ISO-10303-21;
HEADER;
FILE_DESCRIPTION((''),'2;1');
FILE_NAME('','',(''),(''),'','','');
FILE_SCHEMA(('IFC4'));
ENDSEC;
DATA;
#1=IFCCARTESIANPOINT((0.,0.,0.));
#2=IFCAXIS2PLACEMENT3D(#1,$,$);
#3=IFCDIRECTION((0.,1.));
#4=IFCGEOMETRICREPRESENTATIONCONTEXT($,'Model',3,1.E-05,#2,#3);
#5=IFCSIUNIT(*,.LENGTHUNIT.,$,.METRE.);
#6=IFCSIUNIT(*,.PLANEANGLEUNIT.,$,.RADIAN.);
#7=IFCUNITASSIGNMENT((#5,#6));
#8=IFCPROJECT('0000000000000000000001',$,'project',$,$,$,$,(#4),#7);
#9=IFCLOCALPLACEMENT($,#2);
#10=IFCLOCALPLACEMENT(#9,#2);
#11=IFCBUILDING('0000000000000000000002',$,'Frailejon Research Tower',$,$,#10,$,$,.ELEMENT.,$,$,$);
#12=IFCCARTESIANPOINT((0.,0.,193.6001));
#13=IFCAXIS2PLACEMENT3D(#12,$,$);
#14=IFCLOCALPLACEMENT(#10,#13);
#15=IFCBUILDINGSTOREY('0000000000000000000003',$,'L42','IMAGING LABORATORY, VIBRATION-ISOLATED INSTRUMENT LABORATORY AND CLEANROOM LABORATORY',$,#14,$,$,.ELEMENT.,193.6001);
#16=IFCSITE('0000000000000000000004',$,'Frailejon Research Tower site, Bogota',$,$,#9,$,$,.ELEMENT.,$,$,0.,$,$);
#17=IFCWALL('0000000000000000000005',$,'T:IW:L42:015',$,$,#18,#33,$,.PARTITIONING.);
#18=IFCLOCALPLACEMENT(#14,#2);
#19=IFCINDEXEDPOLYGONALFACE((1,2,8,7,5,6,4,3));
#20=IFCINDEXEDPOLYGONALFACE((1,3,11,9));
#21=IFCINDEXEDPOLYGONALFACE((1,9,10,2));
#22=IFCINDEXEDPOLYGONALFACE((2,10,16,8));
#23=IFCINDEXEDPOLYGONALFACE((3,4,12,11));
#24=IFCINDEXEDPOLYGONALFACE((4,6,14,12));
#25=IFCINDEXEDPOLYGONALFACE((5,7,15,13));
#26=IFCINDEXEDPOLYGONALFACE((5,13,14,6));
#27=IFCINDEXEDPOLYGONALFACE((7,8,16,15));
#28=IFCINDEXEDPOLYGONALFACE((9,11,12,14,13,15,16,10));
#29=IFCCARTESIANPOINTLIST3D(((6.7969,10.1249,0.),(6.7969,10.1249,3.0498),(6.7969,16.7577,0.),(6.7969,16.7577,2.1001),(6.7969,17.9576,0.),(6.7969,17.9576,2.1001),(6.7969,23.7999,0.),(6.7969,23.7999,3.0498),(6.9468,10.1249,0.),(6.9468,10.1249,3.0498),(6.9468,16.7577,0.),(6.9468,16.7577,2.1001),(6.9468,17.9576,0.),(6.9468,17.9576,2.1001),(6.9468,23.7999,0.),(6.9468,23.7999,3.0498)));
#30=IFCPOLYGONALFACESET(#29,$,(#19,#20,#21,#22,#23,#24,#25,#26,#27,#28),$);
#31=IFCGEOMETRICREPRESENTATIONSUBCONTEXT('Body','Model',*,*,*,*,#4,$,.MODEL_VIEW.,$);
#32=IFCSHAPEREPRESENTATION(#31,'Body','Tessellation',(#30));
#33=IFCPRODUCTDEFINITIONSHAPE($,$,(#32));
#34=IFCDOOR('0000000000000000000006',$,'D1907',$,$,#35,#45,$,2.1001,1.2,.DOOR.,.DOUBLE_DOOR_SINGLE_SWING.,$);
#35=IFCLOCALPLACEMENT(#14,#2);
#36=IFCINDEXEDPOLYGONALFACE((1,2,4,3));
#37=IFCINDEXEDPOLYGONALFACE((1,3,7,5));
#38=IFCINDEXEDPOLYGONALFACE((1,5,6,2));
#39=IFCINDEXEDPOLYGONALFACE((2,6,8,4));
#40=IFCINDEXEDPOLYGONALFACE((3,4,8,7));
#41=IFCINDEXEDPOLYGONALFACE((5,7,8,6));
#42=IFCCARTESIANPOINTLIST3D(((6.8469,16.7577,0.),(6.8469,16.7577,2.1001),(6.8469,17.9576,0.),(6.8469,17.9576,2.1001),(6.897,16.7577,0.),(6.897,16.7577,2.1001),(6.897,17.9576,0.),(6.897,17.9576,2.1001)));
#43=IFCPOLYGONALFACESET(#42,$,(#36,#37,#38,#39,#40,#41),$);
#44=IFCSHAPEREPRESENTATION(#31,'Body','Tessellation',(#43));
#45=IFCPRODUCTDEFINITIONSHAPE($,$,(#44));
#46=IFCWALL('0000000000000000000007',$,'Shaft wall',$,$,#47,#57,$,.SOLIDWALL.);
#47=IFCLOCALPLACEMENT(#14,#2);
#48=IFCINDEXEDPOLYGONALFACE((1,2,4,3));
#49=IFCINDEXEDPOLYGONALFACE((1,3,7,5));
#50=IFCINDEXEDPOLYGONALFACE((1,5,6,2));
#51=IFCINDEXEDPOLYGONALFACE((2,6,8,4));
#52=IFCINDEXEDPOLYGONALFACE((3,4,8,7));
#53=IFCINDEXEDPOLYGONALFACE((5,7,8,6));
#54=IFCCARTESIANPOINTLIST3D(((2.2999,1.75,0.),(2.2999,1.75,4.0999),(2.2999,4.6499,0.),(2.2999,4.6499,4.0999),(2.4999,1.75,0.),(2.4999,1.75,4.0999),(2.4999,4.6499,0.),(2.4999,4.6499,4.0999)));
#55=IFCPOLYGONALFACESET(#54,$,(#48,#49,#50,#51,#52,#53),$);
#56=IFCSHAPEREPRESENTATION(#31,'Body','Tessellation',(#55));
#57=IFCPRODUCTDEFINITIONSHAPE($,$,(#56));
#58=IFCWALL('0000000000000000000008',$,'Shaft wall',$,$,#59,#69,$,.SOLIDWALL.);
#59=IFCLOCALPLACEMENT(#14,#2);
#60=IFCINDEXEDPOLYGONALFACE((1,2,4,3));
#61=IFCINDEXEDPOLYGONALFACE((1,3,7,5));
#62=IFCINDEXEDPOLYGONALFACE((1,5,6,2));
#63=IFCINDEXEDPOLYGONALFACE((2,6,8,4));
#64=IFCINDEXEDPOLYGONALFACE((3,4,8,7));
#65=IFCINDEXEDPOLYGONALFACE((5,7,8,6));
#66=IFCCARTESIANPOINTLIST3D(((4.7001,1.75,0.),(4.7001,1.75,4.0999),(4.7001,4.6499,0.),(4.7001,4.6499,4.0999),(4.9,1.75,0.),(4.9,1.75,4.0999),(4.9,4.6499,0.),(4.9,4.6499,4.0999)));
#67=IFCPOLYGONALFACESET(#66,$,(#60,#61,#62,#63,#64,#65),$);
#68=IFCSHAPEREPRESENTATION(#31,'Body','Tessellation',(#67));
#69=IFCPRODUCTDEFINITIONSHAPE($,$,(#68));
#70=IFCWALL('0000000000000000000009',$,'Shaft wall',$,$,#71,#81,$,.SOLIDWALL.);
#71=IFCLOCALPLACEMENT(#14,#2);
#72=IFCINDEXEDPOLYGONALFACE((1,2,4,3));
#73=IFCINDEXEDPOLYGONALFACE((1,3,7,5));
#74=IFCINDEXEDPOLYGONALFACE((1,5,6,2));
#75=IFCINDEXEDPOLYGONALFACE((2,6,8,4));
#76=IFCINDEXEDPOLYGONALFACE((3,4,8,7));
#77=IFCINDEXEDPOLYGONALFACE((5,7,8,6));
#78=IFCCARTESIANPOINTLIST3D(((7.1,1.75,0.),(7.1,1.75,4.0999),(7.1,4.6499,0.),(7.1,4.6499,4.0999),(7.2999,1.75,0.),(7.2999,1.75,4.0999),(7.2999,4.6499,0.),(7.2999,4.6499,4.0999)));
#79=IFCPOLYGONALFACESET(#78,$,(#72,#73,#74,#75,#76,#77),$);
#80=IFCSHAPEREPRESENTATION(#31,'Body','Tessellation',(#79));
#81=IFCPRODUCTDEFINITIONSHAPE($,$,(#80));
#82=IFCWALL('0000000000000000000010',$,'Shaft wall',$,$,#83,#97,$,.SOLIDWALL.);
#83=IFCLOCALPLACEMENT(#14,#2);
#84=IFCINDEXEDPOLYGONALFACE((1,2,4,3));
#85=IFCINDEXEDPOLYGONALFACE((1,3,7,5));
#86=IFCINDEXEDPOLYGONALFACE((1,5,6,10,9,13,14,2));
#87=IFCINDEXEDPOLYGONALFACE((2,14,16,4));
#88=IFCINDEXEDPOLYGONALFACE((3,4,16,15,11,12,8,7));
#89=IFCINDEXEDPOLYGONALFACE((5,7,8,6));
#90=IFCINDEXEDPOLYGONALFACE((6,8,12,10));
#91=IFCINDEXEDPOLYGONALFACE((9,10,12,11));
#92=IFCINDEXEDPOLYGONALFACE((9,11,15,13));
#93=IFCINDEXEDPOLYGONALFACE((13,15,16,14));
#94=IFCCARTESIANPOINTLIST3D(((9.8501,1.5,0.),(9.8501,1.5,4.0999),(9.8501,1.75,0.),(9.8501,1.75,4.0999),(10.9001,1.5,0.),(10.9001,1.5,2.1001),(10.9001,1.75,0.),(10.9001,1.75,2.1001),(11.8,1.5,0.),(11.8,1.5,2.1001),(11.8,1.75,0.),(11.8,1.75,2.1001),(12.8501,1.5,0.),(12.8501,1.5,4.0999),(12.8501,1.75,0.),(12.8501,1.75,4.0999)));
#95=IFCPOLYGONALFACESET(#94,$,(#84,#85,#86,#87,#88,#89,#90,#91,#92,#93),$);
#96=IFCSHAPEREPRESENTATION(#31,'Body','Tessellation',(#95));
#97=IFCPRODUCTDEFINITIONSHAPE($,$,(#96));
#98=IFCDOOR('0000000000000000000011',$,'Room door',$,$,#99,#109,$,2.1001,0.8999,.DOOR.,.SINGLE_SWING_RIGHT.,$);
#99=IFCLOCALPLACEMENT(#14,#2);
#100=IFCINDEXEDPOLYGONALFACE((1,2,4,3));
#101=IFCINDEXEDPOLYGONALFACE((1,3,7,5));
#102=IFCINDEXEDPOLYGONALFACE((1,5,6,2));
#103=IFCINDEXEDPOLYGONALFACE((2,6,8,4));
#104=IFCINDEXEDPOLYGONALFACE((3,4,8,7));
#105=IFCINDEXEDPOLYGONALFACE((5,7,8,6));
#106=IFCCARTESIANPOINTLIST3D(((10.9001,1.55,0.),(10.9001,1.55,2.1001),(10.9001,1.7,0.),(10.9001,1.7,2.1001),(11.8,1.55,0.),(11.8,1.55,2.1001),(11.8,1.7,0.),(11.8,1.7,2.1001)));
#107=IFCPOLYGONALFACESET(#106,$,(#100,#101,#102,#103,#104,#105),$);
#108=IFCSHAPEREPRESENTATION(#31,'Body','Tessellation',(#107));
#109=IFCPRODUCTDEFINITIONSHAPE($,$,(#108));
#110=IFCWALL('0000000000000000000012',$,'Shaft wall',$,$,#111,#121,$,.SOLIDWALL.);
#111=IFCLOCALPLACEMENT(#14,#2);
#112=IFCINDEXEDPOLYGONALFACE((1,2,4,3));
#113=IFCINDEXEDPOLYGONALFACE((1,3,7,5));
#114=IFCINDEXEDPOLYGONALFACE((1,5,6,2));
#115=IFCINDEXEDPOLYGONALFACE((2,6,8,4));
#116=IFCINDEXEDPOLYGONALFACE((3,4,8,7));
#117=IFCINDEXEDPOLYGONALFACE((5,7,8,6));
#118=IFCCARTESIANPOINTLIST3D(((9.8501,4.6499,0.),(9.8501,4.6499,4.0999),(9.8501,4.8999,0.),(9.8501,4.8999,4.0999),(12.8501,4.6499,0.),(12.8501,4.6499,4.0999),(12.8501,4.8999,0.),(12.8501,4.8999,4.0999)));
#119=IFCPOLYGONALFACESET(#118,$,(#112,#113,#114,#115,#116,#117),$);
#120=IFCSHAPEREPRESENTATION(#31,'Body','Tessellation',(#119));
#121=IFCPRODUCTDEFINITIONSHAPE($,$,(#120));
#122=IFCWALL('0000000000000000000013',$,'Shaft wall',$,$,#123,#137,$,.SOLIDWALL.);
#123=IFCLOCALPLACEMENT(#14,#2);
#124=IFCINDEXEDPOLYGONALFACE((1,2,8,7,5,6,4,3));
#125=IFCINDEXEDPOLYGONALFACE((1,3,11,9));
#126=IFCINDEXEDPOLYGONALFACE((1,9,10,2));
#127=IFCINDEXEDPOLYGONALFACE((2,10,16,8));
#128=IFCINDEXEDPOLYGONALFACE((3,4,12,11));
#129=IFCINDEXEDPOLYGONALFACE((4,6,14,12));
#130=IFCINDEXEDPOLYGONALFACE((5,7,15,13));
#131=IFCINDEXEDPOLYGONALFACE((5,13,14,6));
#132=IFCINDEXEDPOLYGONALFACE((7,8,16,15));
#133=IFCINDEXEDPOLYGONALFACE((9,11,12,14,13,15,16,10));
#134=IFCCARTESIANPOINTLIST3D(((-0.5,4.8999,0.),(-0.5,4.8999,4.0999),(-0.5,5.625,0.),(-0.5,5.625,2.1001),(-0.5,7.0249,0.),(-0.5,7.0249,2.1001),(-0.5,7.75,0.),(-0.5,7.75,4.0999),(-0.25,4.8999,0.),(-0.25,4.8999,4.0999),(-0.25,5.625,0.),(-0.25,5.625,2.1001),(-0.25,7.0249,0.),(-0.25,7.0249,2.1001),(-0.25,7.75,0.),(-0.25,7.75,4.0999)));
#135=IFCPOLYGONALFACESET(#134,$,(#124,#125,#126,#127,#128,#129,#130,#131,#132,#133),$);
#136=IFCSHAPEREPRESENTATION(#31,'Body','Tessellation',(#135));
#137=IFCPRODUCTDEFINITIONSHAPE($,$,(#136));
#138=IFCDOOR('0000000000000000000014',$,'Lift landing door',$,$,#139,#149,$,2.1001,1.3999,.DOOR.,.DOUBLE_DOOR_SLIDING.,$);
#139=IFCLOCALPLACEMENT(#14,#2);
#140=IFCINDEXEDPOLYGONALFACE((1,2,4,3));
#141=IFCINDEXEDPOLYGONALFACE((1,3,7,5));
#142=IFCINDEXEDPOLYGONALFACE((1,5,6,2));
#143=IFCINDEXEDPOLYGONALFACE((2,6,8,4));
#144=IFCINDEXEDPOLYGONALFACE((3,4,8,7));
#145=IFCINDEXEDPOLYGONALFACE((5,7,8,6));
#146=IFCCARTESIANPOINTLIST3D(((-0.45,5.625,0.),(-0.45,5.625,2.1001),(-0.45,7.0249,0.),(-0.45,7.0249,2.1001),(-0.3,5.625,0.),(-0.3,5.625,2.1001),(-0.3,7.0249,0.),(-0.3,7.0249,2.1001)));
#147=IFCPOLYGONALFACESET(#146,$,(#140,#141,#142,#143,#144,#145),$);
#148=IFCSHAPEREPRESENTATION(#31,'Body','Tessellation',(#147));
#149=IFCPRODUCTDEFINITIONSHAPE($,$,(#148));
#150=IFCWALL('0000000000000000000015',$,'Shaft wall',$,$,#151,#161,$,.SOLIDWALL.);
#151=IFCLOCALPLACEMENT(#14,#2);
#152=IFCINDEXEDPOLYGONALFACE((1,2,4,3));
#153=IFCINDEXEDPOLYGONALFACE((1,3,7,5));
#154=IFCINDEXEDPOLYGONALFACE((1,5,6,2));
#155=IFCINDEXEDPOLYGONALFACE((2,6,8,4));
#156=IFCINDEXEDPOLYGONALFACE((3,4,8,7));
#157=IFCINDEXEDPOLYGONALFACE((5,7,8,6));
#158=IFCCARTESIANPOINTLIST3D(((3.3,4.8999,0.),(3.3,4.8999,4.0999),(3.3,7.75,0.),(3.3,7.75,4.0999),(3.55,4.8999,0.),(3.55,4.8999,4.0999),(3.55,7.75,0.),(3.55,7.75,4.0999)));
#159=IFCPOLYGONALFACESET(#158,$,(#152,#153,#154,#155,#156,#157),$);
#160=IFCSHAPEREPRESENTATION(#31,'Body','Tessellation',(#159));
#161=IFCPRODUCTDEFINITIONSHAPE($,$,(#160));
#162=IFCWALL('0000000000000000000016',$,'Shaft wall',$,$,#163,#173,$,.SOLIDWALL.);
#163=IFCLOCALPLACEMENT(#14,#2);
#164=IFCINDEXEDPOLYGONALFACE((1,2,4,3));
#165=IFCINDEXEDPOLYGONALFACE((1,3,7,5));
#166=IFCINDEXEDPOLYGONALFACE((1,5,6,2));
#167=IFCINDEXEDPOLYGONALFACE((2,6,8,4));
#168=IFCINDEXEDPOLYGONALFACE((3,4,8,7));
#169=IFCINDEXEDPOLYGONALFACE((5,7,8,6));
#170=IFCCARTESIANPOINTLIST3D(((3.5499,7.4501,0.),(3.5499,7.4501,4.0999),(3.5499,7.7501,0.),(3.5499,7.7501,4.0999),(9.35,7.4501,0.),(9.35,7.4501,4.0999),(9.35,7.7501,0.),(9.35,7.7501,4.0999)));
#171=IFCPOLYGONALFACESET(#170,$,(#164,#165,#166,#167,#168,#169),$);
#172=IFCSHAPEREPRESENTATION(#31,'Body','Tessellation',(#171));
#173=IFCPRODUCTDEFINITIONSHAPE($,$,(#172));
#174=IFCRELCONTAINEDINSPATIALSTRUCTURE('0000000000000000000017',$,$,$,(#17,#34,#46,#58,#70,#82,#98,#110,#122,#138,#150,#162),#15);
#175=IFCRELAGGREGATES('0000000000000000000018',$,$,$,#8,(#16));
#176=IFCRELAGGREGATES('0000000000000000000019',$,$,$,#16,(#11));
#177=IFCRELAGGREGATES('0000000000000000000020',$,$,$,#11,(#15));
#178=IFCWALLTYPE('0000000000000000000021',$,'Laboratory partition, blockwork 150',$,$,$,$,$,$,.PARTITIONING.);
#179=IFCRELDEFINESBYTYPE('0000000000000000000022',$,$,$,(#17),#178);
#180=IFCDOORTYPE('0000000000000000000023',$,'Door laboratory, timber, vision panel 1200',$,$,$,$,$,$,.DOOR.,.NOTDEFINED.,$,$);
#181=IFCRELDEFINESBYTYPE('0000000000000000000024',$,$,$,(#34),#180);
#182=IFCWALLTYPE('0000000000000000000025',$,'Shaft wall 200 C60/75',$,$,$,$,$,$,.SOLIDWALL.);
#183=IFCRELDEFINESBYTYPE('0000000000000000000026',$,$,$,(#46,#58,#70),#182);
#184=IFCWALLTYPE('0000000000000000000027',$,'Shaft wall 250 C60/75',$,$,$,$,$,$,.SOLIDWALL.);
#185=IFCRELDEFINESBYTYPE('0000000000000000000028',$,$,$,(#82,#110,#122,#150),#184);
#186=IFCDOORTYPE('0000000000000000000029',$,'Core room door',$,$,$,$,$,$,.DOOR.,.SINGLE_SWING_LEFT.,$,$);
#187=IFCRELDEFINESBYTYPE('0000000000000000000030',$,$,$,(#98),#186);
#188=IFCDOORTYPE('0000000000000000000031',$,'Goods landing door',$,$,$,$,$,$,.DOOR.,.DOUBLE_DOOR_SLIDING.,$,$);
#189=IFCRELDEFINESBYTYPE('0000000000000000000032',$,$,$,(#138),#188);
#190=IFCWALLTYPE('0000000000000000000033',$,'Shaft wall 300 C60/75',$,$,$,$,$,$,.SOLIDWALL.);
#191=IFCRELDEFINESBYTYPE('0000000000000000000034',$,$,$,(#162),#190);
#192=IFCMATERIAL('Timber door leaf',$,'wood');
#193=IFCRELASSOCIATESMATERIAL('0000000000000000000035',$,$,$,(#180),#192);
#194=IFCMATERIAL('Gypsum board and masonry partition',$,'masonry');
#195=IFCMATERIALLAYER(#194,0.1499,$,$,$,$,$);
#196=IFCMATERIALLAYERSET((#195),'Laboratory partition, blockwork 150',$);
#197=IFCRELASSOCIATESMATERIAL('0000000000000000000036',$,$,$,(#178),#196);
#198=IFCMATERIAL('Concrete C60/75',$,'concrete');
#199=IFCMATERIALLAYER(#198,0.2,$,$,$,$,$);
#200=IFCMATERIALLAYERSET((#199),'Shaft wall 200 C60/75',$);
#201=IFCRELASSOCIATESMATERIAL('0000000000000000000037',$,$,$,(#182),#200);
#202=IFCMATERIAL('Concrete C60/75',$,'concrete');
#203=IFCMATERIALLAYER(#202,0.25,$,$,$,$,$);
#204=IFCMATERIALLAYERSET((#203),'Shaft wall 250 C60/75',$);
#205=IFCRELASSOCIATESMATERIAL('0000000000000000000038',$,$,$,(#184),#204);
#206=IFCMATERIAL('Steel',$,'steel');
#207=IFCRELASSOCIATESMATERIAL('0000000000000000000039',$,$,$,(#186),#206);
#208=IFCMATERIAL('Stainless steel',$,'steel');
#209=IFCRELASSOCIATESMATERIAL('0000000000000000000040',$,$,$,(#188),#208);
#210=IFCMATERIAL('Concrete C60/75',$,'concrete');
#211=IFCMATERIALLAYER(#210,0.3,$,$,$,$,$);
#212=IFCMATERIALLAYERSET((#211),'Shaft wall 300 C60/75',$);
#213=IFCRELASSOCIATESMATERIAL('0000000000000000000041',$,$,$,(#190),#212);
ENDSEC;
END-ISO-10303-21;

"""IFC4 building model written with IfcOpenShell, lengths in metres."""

from ifc_helpers import new_model, si_unit, direction, frame, frame_2d, origin, place, context, subcontext, project, spatial, rectangle, extrude, material, layer, layer_set, type_object, element, fill, save


model = new_model("IFC4")

# Units and contexts
model_context = context("Model", 3, precision=1e-05, world=origin(), true_north=direction((0.0, 1.0)))
body_context = subcontext(model_context, "Body", "Model", "MODEL_VIEW")
ifc_project = project(units=[si_unit("LENGTHUNIT", "METRE"), si_unit("PLANEANGLEUNIT", "RADIAN")], contexts=[model_context])

# Site, building, storey
site_placement = place(None, origin())
site = spatial("IfcSite", under=ifc_project, at=site_placement, Name="Frailejon Research Tower site, Bogota", CompositionType="ELEMENT", RefElevation=0.0)
building_placement = place(site_placement, origin())
building = spatial("IfcBuilding", under=site, at=building_placement, Name="Frailejon Research Tower", CompositionType="ELEMENT")
storey_placement = place(building_placement, frame((0.0, 0.0, 193.6001)))
storey = spatial("IfcBuildingStorey", under=building, at=storey_placement, Name="L42", Description="IMAGING LABORATORY, VIBRATION-ISOLATED INSTRUMENT LABORATORY AND CLEANROOM LABORATORY", CompositionType="ELEMENT", Elevation=193.6001)

# Shared definitions
ifc_material_1 = material(Name="Timber door leaf", Category="wood")
door_type_1 = type_object("IfcDoorType", Name="Door laboratory, timber, vision panel 1200", OperationType="NOTDEFINED", PredefinedType="DOOR", material=ifc_material_1)

# Shared definitions
ifc_material_2 = material(Name="Gypsum board and masonry partition", Category="masonry")
ifc_layer_1 = layer(ifc_material_2, 0.1499)
ifc_layer_set_1 = layer_set([ifc_layer_1], Name="Laboratory partition, blockwork 150")
wall_type_1 = type_object("IfcWallType", Name="Laboratory partition, blockwork 150", PredefinedType="PARTITIONING", material=ifc_layer_set_1)

# Wall, opening, door
wall_1_placement = place(storey_placement, frame((6.8718, 10.125, 0.0), z_axis=(0.0, 0.0, 1.0), x_axis=(0.0, 1.0, 0.0)))
wall_1 = element("IfcWall", 1, at=wall_1_placement, inside=storey, type_object=wall_type_1, Name="T:IW:L42:015", PredefinedType="PARTITIONING", context=body_context, shape_type="SweptSolid", body=[
    extrude(rectangle(XDim=13.675, YDim=0.1499, at=frame_2d((6.8374, 0.0))), origin(), (0.0, 0.0, 1.0), 3.0498),
])
opening_1_placement = place(wall_1_placement, frame((6.6326, 0.0, 0.0)))
opening_1 = element("IfcOpeningElement", 2, at=opening_1_placement, cuts=wall_1, PredefinedType="OPENING", context=body_context, shape_type="SweptSolid", body=[
    extrude(rectangle(XDim=1.2, YDim=2.1001, at=frame_2d((0.6001, 1.05))), frame((0.0, 0.085, 0.0), z_axis=(0.0, -1.0, 0.0), x_axis=(1.0, 0.0, 0.0)), (0.0, 0.0, 1.0), 0.1699),
])
door_1_placement = place(opening_1_placement, origin())
door_1 = element("IfcDoor", 3, at=door_1_placement, inside=storey, type_object=door_type_1, Name="D1907", OperationType="DOUBLE_DOOR_SINGLE_SWING", OverallHeight=2.1001, OverallWidth=1.2, PredefinedType="DOOR", context=body_context, shape_type="SweptSolid", body=[
    extrude(rectangle(XDim=1.2, YDim=2.1001, at=frame_2d((0.6001, 1.05))), frame((0.0, 0.0249, 0.0), z_axis=(0.0, -1.0, 0.0), x_axis=(1.0, 0.0, 0.0)), (0.0, 0.0, 1.0), 0.05),
])
fill(opening_1, door_1)

# Walls
ifc_material_3 = material(Name="Concrete C60/75", Category="concrete")
ifc_layer_2 = layer(ifc_material_3, 0.2)
ifc_layer_set_2 = layer_set([ifc_layer_2], Name="Shaft wall 200 C60/75")
wall_type_2 = type_object("IfcWallType", Name="Shaft wall 200 C60/75", PredefinedType="SOLIDWALL", material=ifc_layer_set_2)
for number, where, z_axis, x_axis, name in (
    (4, (2.3999, 1.75, 0.0), (0.0, 0.0, 1.0), (0.0, 1.0, 0.0), "Shaft wall"),
    (5, (4.8, 1.75, 0.0), (0.0, 0.0, 1.0), (0.0, 1.0, 0.0), "Shaft wall"),
    (6, (7.2, 1.75, 0.0), (0.0, 0.0, 1.0), (0.0, 1.0, 0.0), "Shaft wall"),
):
    element("IfcWall", number, at=place(storey_placement, frame(where, z_axis=z_axis, x_axis=x_axis)), inside=storey, type_object=wall_type_2, Name=name, PredefinedType="SOLIDWALL", context=body_context, shape_type="SweptSolid", body=[
        extrude(rectangle(XDim=2.8999, YDim=0.2, at=frame_2d((1.45, 0.0))), origin(), (0.0, 0.0, 1.0), 4.0999),
    ])

# Wall, opening, door
ifc_material_4 = material(Name="Concrete C60/75", Category="concrete")
ifc_layer_3 = layer(ifc_material_4, 0.25)
ifc_layer_set_3 = layer_set([ifc_layer_3], Name="Shaft wall 250 C60/75")
wall_type_3 = type_object("IfcWallType", Name="Shaft wall 250 C60/75", PredefinedType="SOLIDWALL", material=ifc_layer_set_3)
wall_2_placement = place(storey_placement, frame((9.8501, 1.625, 0.0), z_axis=(0.0, 0.0, 1.0), x_axis=(1.0, 0.0, 0.0)))
wall_2 = element("IfcWall", 7, at=wall_2_placement, inside=storey, type_object=wall_type_3, Name="Shaft wall", PredefinedType="SOLIDWALL", context=body_context, shape_type="SweptSolid", body=[
    extrude(rectangle(XDim=3.0, YDim=0.25, at=frame_2d((1.5, 0.0))), origin(), (0.0, 0.0, 1.0), 4.0999),
])
opening_2_placement = place(wall_2_placement, frame((1.05, 0.0, 0.0)))
opening_2 = element("IfcOpeningElement", 8, at=opening_2_placement, cuts=wall_2, PredefinedType="OPENING", context=body_context, shape_type="SweptSolid", body=[
    extrude(rectangle(XDim=0.8999, YDim=2.1001, at=frame_2d((0.45, 1.05))), frame((0.0, 0.135, 0.0), z_axis=(0.0, -1.0, 0.0), x_axis=(1.0, 0.0, 0.0)), (0.0, 0.0, 1.0), 0.27),
])
ifc_material_5 = material(Name="Steel", Category="steel")
door_type_2 = type_object("IfcDoorType", Name="Core room door", OperationType="SINGLE_SWING_LEFT", PredefinedType="DOOR", material=ifc_material_5)
door_2_placement = place(opening_2_placement, origin())
door_2 = element("IfcDoor", 9, at=door_2_placement, inside=storey, type_object=door_type_2, Name="Room door", OperationType="SINGLE_SWING_RIGHT", OverallHeight=2.1001, OverallWidth=0.8999, PredefinedType="DOOR", context=body_context, shape_type="SweptSolid", body=[
    extrude(rectangle(XDim=0.8999, YDim=2.1001, at=frame_2d((0.45, 1.05))), frame((0.0, 0.075, 0.0), z_axis=(0.0, -1.0, 0.0), x_axis=(1.0, 0.0, 0.0)), (0.0, 0.0, 1.0), 0.1499),
])
fill(opening_2, door_2)

# Wall
wall_3_placement = place(storey_placement, frame((9.8501, 4.7749, 0.0), z_axis=(0.0, 0.0, 1.0), x_axis=(1.0, 0.0, 0.0)))
element("IfcWall", 10, at=wall_3_placement, inside=storey, type_object=wall_type_3, Name="Shaft wall", PredefinedType="SOLIDWALL", context=body_context, shape_type="SweptSolid", body=[
    extrude(rectangle(XDim=3.0, YDim=0.25, at=frame_2d((1.5, 0.0))), origin(), (0.0, 0.0, 1.0), 4.0999),
])

# Wall, opening, door
wall_4_placement = place(storey_placement, frame((-0.375, 4.8999, 0.0), z_axis=(0.0, 0.0, 1.0), x_axis=(0.0, 1.0, 0.0)))
wall_4 = element("IfcWall", 11, at=wall_4_placement, inside=storey, type_object=wall_type_3, Name="Shaft wall", PredefinedType="SOLIDWALL", context=body_context, shape_type="SweptSolid", body=[
    extrude(rectangle(XDim=2.8501, YDim=0.25, at=frame_2d((1.425, 0.0))), origin(), (0.0, 0.0, 1.0), 4.0999),
])
opening_3_placement = place(wall_4_placement, frame((0.7251, 0.0, 0.0)))
opening_3 = element("IfcOpeningElement", 12, at=opening_3_placement, cuts=wall_4, PredefinedType="OPENING", context=body_context, shape_type="SweptSolid", body=[
    extrude(rectangle(XDim=1.3999, YDim=2.1001, at=frame_2d((0.7, 1.05))), frame((0.0, 0.135, 0.0), z_axis=(0.0, -1.0, 0.0), x_axis=(1.0, 0.0, 0.0)), (0.0, 0.0, 1.0), 0.27),
])
ifc_material_6 = material(Name="Stainless steel", Category="steel")
door_type_3 = type_object("IfcDoorType", Name="Goods landing door", OperationType="DOUBLE_DOOR_SLIDING", PredefinedType="DOOR", material=ifc_material_6)
door_3_placement = place(opening_3_placement, origin())
door_3 = element("IfcDoor", 13, at=door_3_placement, inside=storey, type_object=door_type_3, Name="Lift landing door", OperationType="DOUBLE_DOOR_SLIDING", OverallHeight=2.1001, OverallWidth=1.3999, PredefinedType="DOOR", context=body_context, shape_type="SweptSolid", body=[
    extrude(rectangle(XDim=1.3999, YDim=2.1001, at=frame_2d((0.7, 1.05))), frame((0.0, 0.075, 0.0), z_axis=(0.0, -1.0, 0.0), x_axis=(1.0, 0.0, 0.0)), (0.0, 0.0, 1.0), 0.1499),
])
fill(opening_3, door_3)

# Walls
wall_5_placement = place(storey_placement, frame((3.425, 4.8999, 0.0), z_axis=(0.0, 0.0, 1.0), x_axis=(0.0, 1.0, 0.0)))
element("IfcWall", 14, at=wall_5_placement, inside=storey, type_object=wall_type_3, Name="Shaft wall", PredefinedType="SOLIDWALL", context=body_context, shape_type="SweptSolid", body=[
    extrude(rectangle(XDim=2.8501, YDim=0.25, at=frame_2d((1.425, 0.0))), origin(), (0.0, 0.0, 1.0), 4.0999),
])
ifc_material_7 = material(Name="Concrete C60/75", Category="concrete")
ifc_layer_4 = layer(ifc_material_7, 0.3)
ifc_layer_set_4 = layer_set([ifc_layer_4], Name="Shaft wall 300 C60/75")
wall_type_4 = type_object("IfcWallType", Name="Shaft wall 300 C60/75", PredefinedType="SOLIDWALL", material=ifc_layer_set_4)
wall_6_placement = place(storey_placement, frame((3.55, 7.6001, 0.0), z_axis=(0.0, 0.0, 1.0), x_axis=(1.0, 0.0, 0.0)))
element("IfcWall", 15, at=wall_6_placement, inside=storey, type_object=wall_type_4, Name="Shaft wall", PredefinedType="SOLIDWALL", context=body_context, shape_type="SweptSolid", body=[
    extrude(rectangle(XDim=5.8, YDim=0.3, at=frame_2d((2.8999, 0.0))), origin(), (0.0, 0.0, 1.0), 4.0999),
])

save(model, "model.ifc")
